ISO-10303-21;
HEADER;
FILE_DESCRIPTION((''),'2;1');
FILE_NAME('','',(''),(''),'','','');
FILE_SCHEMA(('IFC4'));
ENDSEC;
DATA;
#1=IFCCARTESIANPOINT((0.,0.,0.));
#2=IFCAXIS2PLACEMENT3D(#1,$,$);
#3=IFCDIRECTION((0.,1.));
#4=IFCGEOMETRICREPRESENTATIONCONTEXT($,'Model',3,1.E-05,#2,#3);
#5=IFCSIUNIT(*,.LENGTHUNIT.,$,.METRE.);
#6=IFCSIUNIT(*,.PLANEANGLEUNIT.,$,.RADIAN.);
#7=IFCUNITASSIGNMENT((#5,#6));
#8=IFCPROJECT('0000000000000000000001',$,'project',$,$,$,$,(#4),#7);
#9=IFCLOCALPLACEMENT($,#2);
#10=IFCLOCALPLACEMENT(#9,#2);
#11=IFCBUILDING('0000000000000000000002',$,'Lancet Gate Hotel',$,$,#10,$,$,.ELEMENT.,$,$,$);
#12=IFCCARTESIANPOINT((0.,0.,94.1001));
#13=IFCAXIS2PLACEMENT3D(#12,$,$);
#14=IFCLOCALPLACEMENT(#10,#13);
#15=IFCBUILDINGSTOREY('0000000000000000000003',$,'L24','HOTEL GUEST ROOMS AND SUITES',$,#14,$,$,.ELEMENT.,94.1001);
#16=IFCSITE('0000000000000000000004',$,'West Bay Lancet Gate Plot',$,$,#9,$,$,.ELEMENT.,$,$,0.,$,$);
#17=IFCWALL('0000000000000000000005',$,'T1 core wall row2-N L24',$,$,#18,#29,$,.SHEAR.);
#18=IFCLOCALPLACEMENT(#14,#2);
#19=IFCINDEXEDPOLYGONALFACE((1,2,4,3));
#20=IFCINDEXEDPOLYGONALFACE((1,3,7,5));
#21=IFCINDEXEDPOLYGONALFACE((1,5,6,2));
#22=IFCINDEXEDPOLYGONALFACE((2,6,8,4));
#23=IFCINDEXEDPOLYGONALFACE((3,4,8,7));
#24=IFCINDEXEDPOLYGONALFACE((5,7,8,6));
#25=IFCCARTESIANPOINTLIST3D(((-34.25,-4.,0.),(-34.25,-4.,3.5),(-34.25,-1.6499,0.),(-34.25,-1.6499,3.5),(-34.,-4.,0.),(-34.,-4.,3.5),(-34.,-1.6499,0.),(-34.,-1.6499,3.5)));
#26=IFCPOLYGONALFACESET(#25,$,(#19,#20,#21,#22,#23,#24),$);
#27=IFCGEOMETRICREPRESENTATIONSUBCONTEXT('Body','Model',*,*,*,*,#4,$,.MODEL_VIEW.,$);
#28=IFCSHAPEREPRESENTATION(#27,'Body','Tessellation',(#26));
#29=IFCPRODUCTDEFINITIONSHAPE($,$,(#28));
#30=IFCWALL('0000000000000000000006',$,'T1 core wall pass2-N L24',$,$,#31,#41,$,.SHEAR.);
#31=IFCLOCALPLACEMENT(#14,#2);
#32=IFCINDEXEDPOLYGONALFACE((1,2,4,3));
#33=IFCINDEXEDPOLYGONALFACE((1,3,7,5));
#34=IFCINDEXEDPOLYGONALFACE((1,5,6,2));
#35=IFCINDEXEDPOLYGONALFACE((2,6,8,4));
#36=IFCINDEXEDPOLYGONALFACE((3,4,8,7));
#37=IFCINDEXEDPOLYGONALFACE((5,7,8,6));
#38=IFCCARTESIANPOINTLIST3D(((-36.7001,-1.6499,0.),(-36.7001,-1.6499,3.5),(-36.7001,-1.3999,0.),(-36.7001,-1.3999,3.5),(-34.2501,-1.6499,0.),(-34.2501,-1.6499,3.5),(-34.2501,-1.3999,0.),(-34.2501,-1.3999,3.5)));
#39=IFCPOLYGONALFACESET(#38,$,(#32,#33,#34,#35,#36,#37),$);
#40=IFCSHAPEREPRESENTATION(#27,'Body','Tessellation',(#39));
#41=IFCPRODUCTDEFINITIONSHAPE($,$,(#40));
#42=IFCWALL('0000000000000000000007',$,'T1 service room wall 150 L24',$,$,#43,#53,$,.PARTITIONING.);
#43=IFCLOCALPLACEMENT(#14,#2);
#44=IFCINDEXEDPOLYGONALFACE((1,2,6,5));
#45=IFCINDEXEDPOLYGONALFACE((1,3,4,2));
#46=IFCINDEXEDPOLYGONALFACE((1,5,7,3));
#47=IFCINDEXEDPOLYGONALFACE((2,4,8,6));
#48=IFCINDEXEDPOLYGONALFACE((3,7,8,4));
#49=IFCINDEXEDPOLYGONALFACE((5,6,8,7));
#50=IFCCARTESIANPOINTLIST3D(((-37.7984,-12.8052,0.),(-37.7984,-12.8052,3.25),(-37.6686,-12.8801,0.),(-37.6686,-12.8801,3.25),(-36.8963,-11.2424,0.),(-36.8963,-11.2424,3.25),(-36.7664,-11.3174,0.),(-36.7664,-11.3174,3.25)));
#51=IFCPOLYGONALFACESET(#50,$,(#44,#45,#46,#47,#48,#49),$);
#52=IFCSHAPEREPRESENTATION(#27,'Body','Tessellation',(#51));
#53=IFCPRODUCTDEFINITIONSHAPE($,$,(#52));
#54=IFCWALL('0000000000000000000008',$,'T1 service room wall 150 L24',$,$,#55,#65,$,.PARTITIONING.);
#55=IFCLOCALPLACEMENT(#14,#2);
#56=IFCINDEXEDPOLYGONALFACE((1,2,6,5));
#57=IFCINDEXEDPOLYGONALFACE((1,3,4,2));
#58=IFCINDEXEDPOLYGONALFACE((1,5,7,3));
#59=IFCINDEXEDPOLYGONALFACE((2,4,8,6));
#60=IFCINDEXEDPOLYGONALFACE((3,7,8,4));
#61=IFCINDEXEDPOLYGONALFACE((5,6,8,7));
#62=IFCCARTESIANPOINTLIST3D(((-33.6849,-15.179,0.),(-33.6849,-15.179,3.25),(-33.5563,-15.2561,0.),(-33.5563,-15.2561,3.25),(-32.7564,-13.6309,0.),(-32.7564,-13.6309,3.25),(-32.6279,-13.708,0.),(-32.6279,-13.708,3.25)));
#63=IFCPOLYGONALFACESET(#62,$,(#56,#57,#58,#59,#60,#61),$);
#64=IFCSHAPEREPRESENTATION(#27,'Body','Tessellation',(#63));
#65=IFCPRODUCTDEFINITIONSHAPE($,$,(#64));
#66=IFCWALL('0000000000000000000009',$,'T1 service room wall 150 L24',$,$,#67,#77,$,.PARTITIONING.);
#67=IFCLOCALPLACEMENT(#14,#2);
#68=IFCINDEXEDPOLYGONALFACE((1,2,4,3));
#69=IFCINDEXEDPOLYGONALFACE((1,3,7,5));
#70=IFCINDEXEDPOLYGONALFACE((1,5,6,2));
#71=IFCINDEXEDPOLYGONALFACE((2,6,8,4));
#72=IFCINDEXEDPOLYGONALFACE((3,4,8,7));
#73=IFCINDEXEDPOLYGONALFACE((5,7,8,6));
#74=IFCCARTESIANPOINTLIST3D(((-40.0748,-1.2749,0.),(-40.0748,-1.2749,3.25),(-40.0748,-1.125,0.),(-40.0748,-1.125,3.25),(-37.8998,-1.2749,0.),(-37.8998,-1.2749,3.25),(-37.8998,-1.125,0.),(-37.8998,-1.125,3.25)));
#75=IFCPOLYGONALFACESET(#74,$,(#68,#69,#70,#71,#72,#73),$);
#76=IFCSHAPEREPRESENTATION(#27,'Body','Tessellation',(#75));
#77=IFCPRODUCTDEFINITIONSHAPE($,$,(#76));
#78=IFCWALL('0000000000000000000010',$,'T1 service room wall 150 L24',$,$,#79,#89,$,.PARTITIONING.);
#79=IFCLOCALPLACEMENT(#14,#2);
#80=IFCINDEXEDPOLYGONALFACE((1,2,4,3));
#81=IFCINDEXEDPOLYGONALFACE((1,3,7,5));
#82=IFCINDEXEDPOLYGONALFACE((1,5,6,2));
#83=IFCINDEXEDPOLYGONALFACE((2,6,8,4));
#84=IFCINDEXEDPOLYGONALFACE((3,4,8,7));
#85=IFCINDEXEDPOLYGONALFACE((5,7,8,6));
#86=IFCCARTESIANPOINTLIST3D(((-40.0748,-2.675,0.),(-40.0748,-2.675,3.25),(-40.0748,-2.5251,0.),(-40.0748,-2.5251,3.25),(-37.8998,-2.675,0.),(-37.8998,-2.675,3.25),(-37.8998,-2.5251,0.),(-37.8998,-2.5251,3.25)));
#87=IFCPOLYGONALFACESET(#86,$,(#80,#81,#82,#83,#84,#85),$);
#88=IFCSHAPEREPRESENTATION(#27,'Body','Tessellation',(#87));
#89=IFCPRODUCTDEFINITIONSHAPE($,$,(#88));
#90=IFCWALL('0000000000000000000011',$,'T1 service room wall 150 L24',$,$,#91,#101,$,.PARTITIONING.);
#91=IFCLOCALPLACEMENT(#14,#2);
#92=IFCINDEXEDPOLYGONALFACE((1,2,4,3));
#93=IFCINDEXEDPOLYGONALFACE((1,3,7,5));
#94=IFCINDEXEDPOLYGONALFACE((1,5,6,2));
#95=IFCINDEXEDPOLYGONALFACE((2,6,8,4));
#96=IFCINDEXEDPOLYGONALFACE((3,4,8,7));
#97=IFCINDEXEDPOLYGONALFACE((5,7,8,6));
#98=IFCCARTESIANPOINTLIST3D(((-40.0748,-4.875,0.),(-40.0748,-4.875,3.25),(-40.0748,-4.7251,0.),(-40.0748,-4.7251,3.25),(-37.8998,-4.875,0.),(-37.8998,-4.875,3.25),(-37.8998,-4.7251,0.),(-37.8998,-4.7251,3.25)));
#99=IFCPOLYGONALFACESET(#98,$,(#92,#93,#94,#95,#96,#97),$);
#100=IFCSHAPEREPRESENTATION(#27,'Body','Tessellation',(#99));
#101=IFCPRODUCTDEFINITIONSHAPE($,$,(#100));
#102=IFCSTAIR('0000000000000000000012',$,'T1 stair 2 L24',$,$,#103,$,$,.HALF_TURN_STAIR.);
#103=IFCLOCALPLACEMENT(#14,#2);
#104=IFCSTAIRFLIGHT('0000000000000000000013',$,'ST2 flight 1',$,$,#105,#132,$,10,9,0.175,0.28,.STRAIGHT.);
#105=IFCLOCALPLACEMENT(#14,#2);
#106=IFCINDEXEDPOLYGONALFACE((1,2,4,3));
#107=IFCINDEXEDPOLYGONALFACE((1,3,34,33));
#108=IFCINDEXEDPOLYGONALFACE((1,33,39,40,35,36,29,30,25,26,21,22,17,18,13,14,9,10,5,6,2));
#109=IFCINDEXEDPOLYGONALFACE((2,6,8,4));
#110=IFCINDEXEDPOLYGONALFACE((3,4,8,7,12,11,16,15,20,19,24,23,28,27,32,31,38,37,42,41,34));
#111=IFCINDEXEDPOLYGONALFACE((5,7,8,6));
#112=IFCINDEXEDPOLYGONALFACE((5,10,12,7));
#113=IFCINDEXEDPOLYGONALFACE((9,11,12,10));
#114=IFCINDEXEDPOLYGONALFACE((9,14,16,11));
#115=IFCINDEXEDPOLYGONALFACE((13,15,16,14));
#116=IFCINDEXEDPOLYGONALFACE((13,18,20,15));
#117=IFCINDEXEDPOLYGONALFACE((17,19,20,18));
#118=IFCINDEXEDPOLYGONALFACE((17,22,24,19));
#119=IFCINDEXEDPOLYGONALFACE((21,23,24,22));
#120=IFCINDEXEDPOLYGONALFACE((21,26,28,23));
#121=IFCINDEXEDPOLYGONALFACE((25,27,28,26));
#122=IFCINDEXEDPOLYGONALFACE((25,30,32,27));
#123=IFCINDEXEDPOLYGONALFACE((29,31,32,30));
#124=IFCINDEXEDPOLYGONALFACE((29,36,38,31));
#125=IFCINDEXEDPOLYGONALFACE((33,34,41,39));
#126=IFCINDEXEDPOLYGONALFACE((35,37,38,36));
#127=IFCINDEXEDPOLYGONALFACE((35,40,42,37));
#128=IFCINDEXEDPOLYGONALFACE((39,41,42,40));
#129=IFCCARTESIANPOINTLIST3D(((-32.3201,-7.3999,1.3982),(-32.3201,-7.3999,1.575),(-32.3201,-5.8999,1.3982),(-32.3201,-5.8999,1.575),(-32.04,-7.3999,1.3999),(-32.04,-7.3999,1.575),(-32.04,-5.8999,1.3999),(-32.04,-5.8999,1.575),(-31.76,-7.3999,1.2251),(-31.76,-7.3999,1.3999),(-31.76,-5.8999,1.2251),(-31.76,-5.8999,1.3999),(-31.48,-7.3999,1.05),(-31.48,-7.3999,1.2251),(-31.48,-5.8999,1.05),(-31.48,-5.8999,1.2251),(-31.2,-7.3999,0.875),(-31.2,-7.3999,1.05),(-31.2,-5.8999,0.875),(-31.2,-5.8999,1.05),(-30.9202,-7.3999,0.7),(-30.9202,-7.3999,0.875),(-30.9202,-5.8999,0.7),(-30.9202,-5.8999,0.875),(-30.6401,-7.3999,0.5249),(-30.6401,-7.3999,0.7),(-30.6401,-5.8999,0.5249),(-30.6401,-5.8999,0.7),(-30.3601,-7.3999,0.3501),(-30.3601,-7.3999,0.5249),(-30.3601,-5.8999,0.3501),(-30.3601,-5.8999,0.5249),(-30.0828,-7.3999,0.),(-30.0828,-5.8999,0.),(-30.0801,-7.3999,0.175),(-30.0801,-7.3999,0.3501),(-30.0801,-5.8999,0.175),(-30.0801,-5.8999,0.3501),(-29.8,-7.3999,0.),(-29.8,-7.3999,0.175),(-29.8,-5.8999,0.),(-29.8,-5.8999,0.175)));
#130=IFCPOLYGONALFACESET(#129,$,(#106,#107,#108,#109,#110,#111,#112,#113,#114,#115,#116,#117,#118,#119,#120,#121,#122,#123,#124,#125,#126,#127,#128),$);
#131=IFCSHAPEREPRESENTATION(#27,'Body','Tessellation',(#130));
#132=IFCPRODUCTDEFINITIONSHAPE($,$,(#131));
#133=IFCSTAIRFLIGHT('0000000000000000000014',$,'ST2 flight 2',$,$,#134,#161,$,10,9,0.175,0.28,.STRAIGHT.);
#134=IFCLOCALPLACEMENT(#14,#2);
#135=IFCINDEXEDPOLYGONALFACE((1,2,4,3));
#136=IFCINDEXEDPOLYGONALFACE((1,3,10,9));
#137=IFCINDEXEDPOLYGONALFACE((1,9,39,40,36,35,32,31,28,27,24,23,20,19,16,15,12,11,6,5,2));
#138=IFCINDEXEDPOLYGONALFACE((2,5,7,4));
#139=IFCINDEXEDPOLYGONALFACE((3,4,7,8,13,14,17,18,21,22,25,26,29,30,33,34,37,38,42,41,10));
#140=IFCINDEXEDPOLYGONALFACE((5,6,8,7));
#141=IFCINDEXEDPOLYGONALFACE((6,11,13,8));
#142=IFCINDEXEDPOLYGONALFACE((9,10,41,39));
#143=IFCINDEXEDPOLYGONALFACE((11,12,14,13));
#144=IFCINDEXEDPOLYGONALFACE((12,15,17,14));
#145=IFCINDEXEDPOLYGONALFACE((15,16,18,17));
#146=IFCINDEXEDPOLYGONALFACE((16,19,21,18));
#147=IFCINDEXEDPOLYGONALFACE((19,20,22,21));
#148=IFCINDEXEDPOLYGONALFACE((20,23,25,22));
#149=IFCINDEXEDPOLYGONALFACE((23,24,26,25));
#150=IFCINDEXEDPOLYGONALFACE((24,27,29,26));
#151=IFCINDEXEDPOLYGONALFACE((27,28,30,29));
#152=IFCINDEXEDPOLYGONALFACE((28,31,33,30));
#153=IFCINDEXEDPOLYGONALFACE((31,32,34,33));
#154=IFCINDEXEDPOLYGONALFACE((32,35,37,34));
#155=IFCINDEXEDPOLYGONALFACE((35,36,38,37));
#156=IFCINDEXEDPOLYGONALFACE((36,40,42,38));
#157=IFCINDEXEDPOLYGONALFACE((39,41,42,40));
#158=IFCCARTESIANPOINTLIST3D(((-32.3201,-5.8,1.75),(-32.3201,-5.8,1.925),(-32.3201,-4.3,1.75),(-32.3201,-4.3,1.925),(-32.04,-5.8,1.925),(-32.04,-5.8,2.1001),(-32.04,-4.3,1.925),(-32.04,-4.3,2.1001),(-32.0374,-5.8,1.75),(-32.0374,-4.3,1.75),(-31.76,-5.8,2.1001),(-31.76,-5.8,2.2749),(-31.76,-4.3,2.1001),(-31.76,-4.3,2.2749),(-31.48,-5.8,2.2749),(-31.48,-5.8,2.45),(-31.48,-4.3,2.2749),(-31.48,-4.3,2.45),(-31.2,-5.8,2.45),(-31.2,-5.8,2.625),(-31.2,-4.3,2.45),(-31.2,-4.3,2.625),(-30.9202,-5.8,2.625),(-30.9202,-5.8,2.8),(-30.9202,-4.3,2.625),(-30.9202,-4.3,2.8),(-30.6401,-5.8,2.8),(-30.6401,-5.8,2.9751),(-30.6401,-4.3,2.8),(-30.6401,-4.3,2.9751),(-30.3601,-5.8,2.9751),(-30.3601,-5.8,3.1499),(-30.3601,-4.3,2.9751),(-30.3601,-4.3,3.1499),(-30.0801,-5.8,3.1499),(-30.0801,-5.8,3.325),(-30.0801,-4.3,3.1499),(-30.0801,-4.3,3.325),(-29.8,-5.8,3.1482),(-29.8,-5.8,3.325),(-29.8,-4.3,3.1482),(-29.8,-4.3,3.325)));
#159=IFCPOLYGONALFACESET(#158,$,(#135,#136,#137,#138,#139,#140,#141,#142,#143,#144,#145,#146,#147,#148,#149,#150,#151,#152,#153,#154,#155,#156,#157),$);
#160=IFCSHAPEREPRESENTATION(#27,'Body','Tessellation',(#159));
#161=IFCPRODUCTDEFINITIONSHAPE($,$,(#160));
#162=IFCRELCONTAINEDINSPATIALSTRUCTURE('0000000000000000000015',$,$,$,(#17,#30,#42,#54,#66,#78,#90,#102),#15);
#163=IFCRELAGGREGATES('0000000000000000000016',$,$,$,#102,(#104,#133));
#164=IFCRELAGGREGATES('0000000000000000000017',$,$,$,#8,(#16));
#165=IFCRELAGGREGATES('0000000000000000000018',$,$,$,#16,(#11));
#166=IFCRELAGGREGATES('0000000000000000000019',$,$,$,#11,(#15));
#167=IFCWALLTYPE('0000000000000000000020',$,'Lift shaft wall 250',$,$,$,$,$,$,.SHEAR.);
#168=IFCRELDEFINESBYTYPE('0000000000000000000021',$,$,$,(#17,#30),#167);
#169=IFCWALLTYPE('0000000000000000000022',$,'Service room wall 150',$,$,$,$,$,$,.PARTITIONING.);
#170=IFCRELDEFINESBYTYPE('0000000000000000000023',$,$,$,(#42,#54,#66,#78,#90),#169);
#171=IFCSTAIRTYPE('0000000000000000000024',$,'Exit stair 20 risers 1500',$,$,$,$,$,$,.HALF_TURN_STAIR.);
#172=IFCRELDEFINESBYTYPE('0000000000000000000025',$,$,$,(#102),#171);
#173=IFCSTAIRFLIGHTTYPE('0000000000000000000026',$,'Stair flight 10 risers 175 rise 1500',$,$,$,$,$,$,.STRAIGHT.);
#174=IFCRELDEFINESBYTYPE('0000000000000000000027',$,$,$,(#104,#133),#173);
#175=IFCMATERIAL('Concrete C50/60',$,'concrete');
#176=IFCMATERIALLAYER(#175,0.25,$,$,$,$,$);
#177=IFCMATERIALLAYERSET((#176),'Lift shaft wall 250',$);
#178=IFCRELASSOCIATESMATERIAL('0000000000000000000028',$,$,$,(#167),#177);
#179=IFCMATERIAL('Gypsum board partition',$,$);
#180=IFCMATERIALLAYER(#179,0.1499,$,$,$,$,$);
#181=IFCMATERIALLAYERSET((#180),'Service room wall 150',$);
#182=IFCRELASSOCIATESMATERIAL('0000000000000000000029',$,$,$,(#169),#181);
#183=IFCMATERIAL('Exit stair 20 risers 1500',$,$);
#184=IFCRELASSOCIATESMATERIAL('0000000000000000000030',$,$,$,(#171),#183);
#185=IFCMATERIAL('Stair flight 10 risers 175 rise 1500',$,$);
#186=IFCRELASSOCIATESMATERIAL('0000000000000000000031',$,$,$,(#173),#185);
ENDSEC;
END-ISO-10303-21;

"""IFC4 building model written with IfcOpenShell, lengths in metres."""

from ifc_helpers import new_model, si_unit, direction, frame, frame_2d, origin, place, context, subcontext, project, spatial, polyline, rectangle, outline, extrude, material, layer, layer_set, type_object, element, aggregate, save


model = new_model("IFC4")

# Units and contexts
model_context = context("Model", 3, precision=1e-05, world=origin(), true_north=direction((0.0, 1.0)))
body_context = subcontext(model_context, "Body", "Model", "MODEL_VIEW")
ifc_project = project(units=[si_unit("LENGTHUNIT", "METRE"), si_unit("PLANEANGLEUNIT", "RADIAN")], contexts=[model_context])

# Site, building, storey
site_placement = place(None, origin())
site = spatial("IfcSite", under=ifc_project, at=site_placement, Name="West Bay Lancet Gate Plot", CompositionType="ELEMENT", RefElevation=0.0)
building_placement = place(site_placement, origin())
building = spatial("IfcBuilding", under=site, at=building_placement, Name="Lancet Gate Hotel", CompositionType="ELEMENT")
storey_placement = place(building_placement, frame((0.0, 0.0, 94.1001)))
storey = spatial("IfcBuildingStorey", under=building, at=storey_placement, Name="L24", Description="HOTEL GUEST ROOMS AND SUITES", CompositionType="ELEMENT", Elevation=94.1001)

# Shared definitions
ifc_material_1 = material(Name="Concrete C50/60", Category="concrete")
ifc_layer_1 = layer(ifc_material_1, 0.25)
ifc_layer_set_1 = layer_set([ifc_layer_1], Name="Lift shaft wall 250")
wall_type_1 = type_object("IfcWallType", Name="Lift shaft wall 250", PredefinedType="SHEAR", material=ifc_layer_set_1)

# Walls
wall_1_placement = place(storey_placement, frame((-34.125, -1.6499, 0.0), z_axis=(0.0, 0.0, 1.0), x_axis=(0.0, -1.0, 0.0)))
element("IfcWall", 1, at=wall_1_placement, inside=storey, type_object=wall_type_1, Name="T1 core wall row2-N L24", PredefinedType="SHEAR", context=body_context, shape_type="SweptSolid", body=[
    extrude(rectangle(XDim=2.3501, YDim=0.25, at=frame_2d((1.175, 0.0))), origin(), (0.0, 0.0, 1.0), 3.5),
])
wall_2_placement = place(storey_placement, frame((-34.25, -1.5249, 0.0), z_axis=(0.0, 0.0, 1.0), x_axis=(-1.0, 0.0, 0.0)))
element("IfcWall", 2, at=wall_2_placement, inside=storey, type_object=wall_type_1, Name="T1 core wall pass2-N L24", PredefinedType="SHEAR", context=body_context, shape_type="SweptSolid", body=[
    extrude(rectangle(XDim=2.45, YDim=0.25, at=frame_2d((1.2251, 0.0))), origin(), (0.0, 0.0, 1.0), 3.5),
])
ifc_material_2 = material(Name="Gypsum board partition")
ifc_layer_2 = layer(ifc_material_2, 0.1499)
ifc_layer_set_2 = layer_set([ifc_layer_2], Name="Service room wall 150")
wall_type_2 = type_object("IfcWallType", Name="Service room wall 150", PredefinedType="PARTITIONING", material=ifc_layer_set_2)
wall_3_placement = place(storey_placement, frame((-36.8313, -11.2798, 0.0), z_axis=(0.0, 0.0, 1.0), x_axis=(-0.499937, -0.866062, 0.0)))
element("IfcWall", 3, at=wall_3_placement, inside=storey, type_object=wall_type_2, Name="T1 service room wall 150 L24", PredefinedType="PARTITIONING", context=body_context, shape_type="SweptSolid", body=[
    extrude(rectangle(XDim=1.8044, YDim=0.1499, at=frame_2d((0.9023, 0.0))), origin(), (0.0, 0.0, 1.0), 3.25),
])
wall_4_placement = place(storey_placement, frame((-33.6206, -15.2175, 0.0), z_axis=(0.0, 0.0, 1.0), x_axis=(0.514337, 0.857588, 0.0)))
element("IfcWall", 4, at=wall_4_placement, inside=storey, type_object=wall_type_2, Name="T1 service room wall 150 L24", PredefinedType="PARTITIONING", context=body_context, shape_type="SweptSolid", body=[
    extrude(rectangle(XDim=1.8052, YDim=0.1499, at=frame_2d((0.9026, 0.0))), origin(), (0.0, 0.0, 1.0), 3.25),
])
for number, where, z_axis, x_axis, name in (
    (5, (-37.8999, -1.2, 0.0), (0.0, 0.0, 1.0), (-1.0, 0.0, 0.0), "T1 service room wall 150 L24"),
    (6, (-37.8999, -2.6001, 0.0), (0.0, 0.0, 1.0), (-1.0, 0.0, 0.0), "T1 service room wall 150 L24"),
    (7, (-37.8999, -4.8, 0.0), (0.0, 0.0, 1.0), (-1.0, 0.0, 0.0), "T1 service room wall 150 L24"),
):
    element("IfcWall", number, at=place(storey_placement, frame(where, z_axis=z_axis, x_axis=x_axis)), inside=storey, type_object=wall_type_2, Name=name, PredefinedType="PARTITIONING", context=body_context, shape_type="SweptSolid", body=[
        extrude(rectangle(XDim=2.175, YDim=0.1499, at=frame_2d((1.0874, 0.0))), origin(), (0.0, 0.0, 1.0), 3.25),
    ])

# Stair, stair flights
ifc_material_3 = material(Name="Exit stair 20 risers 1500")
stair_type = type_object("IfcStairType", Name="Exit stair 20 risers 1500", PredefinedType="HALF_TURN_STAIR", material=ifc_material_3)
stair_placement = place(storey_placement, origin())
stair = element("IfcStair", 8, at=stair_placement, inside=storey, type_object=stair_type, Name="T1 stair 2 L24", PredefinedType="HALF_TURN_STAIR")
ifc_material_4 = material(Name="Stair flight 10 risers 175 rise 1500")
stair_flight_type = type_object("IfcStairFlightType", Name="Stair flight 10 risers 175 rise 1500", PredefinedType="STRAIGHT", material=ifc_material_4)
stair_flight_1_placement = place(storey_placement, frame((-29.8, -6.6499, 0.0), z_axis=(0.0, 0.0, 1.0), x_axis=(-1.0, 0.0, 0.0)))
stair_flight_1 = element("IfcStairFlight", 9, at=stair_flight_1_placement, type_object=stair_flight_type, Name="ST2 flight 1", NumberOfRisers=10, NumberOfTreads=9, PredefinedType="STRAIGHT", RiserHeight=0.175, TreadLength=0.28, context=body_context, shape_type="SweptSolid", body=[
    extrude(outline(polyline([(0.0, 0.0), (0.0, 0.175), (0.28, 0.175), (0.28, 0.3501), (0.5601, 0.3501), (0.5601, 0.5249), (0.8401, 0.5249), (0.8401, 0.7), (1.1201, 0.7), (1.1201, 0.875), (1.3999, 0.875), (1.3999, 1.05), (1.6799, 1.05), (1.6799, 1.2251), (1.96, 1.2251), (1.96, 1.3999), (2.24, 1.3999), (2.24, 1.575), (2.52, 1.575), (2.52, 1.75), (2.52, 1.3982), (0.2827, 0.0), (0.0, 0.0)])), frame((0.0, 0.75, 0.0), z_axis=(0.0, -1.0, 0.0), x_axis=(1.0, 0.0, 0.0)), (0.0, 0.0, 1.0), 1.5),
])
stair_flight_2_placement = place(storey_placement, frame((-32.3201, -5.05, 1.75), z_axis=(0.0, 0.0, 1.0), x_axis=(1.0, 0.0, 0.0)))
stair_flight_2 = element("IfcStairFlight", 10, at=stair_flight_2_placement, type_object=stair_flight_type, Name="ST2 flight 2", NumberOfRisers=10, NumberOfTreads=9, PredefinedType="STRAIGHT", RiserHeight=0.175, TreadLength=0.28, context=body_context, shape_type="SweptSolid", body=[
    extrude(outline(polyline([(0.0, 0.0), (0.0, 0.175), (0.28, 0.175), (0.28, 0.3501), (0.5601, 0.3501), (0.5601, 0.5249), (0.8401, 0.5249), (0.8401, 0.7), (1.1201, 0.7), (1.1201, 0.875), (1.3999, 0.875), (1.3999, 1.05), (1.6799, 1.05), (1.6799, 1.2251), (1.96, 1.2251), (1.96, 1.3999), (2.24, 1.3999), (2.24, 1.575), (2.52, 1.575), (2.52, 1.75), (2.52, 1.3982), (0.2827, 0.0), (0.0, 0.0)])), frame((0.0, 0.75, 0.0), z_axis=(0.0, -1.0, 0.0), x_axis=(1.0, 0.0, 0.0)), (0.0, 0.0, 1.0), 1.5),
])
aggregate(stair, [stair_flight_1, stair_flight_2])

save(model, "model.ifc")
